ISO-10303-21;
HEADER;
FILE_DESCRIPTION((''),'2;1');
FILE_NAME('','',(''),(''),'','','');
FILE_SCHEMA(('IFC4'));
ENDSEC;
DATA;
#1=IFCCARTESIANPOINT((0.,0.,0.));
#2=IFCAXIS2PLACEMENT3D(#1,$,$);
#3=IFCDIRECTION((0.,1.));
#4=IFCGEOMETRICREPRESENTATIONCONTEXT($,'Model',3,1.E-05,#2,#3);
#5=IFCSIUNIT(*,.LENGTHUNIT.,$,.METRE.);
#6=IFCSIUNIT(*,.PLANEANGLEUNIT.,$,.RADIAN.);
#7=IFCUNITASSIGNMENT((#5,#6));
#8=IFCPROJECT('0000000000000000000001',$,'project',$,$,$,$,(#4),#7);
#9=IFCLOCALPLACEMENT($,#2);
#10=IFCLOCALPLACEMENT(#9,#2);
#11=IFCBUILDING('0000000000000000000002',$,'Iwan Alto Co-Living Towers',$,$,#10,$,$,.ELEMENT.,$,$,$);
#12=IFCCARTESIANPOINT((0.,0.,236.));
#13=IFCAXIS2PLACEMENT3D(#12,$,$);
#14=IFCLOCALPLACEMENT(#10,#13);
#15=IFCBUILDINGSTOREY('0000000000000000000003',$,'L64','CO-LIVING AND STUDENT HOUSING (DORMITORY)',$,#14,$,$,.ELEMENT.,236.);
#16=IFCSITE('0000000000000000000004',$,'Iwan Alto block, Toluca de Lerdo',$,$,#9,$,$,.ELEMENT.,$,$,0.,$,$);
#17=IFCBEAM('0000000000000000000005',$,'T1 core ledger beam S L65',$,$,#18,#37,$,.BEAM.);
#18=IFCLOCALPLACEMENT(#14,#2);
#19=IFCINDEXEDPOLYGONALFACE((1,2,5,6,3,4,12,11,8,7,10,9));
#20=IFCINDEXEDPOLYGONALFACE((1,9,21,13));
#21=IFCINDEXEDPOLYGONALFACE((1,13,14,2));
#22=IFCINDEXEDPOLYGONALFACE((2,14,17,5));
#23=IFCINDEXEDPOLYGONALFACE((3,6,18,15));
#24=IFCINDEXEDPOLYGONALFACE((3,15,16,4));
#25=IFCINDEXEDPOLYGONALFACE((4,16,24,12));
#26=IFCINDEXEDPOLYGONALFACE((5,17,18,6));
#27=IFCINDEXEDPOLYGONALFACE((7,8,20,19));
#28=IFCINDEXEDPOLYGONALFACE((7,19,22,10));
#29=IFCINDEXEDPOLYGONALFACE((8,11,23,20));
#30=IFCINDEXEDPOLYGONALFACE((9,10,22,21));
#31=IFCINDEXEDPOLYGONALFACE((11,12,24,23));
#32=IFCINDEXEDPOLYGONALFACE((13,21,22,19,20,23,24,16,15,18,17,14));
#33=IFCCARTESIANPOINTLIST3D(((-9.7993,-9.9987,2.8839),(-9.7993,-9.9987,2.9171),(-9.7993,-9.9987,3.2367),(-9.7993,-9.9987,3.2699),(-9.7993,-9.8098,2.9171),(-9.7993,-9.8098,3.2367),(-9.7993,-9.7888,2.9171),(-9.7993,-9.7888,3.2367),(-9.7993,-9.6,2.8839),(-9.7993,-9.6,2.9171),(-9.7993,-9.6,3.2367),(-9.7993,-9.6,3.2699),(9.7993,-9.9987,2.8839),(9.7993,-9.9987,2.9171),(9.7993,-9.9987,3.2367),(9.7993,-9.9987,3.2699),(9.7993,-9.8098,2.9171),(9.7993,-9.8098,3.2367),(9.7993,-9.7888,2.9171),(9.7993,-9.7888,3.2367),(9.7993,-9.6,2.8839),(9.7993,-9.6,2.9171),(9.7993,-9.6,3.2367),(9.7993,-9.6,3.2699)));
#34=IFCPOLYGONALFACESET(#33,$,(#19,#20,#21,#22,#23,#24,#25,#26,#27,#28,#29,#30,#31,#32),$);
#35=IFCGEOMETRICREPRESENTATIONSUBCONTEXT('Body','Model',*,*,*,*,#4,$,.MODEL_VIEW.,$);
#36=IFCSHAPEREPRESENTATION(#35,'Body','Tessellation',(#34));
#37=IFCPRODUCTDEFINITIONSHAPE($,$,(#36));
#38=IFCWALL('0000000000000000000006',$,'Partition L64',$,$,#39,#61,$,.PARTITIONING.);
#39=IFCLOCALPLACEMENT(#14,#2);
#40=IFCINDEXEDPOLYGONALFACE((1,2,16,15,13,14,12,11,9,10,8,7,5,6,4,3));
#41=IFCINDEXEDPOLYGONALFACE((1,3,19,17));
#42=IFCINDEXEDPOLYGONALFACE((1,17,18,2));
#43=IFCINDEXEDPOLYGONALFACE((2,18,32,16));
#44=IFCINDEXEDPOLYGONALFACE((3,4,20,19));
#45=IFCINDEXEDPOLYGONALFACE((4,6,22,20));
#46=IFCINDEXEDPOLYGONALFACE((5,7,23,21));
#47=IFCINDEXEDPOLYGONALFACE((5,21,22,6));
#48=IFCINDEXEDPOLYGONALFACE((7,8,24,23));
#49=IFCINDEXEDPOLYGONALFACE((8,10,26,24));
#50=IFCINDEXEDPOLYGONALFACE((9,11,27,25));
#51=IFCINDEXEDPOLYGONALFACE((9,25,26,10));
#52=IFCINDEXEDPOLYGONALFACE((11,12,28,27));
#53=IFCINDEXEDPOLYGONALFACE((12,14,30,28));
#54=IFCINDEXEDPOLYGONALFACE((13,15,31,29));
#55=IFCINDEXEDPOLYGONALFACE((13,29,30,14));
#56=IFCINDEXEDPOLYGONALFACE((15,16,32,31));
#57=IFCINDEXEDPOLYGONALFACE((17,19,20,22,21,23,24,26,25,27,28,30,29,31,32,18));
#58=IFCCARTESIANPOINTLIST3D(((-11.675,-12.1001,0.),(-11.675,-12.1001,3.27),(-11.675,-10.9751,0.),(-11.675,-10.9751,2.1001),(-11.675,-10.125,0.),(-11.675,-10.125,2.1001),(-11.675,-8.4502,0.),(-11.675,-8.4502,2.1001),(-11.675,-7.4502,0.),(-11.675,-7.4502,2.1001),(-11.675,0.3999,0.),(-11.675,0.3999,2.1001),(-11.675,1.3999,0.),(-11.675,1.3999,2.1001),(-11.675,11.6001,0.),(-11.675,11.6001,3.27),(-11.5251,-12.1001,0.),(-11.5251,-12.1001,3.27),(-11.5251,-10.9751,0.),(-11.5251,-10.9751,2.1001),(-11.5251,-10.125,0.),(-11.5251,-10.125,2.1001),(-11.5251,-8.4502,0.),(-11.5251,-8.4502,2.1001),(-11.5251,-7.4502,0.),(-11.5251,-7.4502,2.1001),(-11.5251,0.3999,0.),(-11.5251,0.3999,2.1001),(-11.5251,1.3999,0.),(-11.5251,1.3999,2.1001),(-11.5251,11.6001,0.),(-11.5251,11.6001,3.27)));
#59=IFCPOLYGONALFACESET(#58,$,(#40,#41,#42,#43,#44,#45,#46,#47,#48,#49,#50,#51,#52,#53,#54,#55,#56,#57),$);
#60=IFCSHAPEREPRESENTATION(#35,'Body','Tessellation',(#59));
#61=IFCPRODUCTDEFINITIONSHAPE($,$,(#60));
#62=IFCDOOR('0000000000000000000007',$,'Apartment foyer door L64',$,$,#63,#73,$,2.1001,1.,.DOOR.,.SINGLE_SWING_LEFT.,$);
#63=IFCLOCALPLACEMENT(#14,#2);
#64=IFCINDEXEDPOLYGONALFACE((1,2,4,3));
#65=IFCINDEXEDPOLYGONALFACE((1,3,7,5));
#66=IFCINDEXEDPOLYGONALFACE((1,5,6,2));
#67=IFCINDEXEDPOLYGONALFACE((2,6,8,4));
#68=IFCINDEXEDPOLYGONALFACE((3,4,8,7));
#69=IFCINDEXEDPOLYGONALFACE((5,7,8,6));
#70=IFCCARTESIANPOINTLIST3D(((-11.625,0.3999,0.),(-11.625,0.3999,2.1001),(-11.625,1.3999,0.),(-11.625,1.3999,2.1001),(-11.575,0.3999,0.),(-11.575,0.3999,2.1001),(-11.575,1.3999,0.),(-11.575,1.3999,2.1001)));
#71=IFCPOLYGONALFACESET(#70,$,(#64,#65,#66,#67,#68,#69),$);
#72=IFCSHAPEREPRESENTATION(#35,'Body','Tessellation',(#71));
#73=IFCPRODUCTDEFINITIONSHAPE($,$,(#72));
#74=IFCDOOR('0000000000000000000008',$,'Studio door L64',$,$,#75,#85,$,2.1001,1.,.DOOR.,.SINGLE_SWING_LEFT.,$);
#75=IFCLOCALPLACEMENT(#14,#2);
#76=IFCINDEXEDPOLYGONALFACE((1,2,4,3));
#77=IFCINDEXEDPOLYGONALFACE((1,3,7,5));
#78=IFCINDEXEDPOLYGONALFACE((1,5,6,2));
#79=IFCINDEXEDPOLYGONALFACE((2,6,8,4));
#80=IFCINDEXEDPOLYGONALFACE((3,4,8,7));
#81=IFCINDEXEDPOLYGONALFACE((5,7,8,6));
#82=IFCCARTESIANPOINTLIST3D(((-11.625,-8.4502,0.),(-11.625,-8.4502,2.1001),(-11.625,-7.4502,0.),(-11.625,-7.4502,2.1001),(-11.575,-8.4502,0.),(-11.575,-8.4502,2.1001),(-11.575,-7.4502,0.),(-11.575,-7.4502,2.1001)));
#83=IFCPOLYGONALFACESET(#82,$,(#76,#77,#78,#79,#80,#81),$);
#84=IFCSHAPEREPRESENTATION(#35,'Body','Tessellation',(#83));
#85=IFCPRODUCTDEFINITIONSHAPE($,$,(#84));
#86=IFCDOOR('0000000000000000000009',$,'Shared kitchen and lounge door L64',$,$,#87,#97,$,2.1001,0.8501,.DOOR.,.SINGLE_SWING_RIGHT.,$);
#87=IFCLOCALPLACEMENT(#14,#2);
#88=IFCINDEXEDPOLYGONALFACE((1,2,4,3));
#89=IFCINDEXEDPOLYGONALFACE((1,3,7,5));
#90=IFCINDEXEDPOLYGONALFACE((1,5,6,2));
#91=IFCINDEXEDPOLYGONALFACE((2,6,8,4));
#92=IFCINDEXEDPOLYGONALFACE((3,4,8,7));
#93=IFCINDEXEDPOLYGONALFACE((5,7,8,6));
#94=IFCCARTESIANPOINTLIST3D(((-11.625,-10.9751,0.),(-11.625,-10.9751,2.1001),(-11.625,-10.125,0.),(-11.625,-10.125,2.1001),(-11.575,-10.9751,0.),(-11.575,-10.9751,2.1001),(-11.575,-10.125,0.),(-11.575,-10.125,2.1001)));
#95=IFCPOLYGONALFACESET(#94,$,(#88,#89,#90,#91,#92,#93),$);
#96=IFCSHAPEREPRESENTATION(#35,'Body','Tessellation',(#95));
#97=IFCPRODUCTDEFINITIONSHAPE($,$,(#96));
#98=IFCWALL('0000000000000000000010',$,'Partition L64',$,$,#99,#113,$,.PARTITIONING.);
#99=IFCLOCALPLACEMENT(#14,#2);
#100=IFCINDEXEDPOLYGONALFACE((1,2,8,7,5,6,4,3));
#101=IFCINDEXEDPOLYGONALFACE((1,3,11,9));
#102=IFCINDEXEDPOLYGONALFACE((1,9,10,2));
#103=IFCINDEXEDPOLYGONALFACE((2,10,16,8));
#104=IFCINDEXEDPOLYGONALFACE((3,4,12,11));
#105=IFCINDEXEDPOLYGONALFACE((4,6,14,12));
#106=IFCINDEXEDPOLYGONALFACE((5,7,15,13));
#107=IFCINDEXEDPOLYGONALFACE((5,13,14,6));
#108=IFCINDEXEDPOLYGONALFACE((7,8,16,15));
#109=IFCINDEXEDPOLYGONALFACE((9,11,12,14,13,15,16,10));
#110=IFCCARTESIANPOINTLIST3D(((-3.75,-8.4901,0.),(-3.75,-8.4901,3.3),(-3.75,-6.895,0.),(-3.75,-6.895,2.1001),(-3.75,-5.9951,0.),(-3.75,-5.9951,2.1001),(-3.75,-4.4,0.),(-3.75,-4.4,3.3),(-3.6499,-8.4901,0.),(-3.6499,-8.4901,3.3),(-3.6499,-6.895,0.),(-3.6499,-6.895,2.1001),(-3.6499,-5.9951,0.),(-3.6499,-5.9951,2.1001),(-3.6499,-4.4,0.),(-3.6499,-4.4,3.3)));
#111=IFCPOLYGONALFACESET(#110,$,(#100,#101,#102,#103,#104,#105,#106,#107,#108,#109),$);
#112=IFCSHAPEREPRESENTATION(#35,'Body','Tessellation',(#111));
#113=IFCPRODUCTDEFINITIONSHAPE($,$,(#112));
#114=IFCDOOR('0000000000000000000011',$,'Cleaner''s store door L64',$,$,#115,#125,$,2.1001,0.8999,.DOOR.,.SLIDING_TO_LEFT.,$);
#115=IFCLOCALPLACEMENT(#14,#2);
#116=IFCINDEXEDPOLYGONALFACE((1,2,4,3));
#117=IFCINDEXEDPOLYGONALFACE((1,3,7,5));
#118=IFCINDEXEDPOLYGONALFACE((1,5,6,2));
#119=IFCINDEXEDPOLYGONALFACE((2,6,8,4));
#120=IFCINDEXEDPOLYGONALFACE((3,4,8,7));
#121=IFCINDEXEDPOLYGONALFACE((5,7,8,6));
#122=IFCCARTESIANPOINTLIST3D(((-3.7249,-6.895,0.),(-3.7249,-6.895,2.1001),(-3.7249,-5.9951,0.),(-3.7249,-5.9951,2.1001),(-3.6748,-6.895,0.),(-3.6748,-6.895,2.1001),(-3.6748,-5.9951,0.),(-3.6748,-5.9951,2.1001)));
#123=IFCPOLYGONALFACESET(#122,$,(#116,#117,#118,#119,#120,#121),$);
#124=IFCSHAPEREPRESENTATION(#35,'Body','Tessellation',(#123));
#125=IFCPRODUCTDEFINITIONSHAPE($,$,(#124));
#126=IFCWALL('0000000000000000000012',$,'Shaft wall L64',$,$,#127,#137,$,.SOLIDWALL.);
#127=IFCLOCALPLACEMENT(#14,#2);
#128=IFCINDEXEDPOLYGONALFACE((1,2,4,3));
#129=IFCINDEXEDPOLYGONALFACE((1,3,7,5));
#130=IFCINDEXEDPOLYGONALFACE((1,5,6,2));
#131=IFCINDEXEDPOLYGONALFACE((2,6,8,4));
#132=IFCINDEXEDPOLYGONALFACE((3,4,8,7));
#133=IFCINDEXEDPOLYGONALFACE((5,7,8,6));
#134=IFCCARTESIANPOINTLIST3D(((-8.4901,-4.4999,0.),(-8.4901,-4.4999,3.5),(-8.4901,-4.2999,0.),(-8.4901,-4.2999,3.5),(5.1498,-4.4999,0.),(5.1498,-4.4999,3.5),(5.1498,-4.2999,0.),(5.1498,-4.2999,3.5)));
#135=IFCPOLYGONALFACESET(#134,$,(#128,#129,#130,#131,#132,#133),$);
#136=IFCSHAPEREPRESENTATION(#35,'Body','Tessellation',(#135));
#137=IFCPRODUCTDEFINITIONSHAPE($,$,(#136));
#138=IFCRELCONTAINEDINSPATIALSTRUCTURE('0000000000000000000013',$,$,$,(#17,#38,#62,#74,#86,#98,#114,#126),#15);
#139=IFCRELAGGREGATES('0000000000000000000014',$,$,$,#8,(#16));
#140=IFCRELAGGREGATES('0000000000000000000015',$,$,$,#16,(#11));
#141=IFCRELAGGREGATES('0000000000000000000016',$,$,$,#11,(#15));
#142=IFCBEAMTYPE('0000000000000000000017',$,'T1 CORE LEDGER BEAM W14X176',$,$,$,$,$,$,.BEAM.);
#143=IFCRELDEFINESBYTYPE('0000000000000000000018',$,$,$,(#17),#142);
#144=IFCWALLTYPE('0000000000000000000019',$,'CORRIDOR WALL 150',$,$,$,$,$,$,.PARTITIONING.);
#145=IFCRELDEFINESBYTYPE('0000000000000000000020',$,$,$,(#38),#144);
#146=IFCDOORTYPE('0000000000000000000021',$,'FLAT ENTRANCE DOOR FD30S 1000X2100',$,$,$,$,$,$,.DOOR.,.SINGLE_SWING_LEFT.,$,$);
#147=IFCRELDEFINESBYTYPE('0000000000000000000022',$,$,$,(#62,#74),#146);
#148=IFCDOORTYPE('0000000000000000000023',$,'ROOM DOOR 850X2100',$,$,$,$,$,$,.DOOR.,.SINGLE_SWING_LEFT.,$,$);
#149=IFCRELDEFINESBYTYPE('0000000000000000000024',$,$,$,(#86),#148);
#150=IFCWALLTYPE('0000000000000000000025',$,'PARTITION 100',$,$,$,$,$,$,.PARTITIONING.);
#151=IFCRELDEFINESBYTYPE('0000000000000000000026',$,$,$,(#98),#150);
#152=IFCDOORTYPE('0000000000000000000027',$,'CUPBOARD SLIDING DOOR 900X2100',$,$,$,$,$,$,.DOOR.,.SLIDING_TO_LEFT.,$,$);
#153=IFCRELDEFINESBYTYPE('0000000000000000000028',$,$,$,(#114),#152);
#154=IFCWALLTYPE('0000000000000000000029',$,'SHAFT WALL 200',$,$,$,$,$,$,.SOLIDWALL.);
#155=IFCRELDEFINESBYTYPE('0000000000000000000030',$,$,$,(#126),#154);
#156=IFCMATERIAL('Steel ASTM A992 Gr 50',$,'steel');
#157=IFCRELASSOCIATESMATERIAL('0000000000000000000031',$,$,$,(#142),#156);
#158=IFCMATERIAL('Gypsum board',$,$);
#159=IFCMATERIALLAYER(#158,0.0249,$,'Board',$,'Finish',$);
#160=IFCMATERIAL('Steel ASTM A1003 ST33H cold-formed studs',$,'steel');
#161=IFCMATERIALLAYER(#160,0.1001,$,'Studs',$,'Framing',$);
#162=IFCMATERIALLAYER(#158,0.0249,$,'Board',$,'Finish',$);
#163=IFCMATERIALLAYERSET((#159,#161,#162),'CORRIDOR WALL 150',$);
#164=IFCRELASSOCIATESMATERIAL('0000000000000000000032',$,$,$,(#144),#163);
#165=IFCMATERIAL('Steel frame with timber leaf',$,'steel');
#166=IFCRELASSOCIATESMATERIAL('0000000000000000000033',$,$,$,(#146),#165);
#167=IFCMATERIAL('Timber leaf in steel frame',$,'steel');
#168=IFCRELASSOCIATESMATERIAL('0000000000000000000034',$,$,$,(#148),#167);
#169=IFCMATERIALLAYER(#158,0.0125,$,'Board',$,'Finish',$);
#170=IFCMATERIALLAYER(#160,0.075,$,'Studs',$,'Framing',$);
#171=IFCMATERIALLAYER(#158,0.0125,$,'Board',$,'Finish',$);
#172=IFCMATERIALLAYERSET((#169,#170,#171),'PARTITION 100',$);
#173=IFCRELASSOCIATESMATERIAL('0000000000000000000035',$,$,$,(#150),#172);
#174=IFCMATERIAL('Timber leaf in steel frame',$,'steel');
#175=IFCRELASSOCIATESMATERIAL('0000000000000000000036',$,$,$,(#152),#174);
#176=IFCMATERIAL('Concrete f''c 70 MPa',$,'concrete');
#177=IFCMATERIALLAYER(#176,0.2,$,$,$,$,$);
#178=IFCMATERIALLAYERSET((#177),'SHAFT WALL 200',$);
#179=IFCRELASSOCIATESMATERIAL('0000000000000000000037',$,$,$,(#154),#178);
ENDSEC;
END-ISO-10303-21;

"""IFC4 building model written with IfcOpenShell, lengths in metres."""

from ifc_helpers import new_model, si_unit, direction, frame, frame_2d, origin, origin_2d, place, context, subcontext, project, spatial, rectangle, i_section, extrude, material, layer, layer_set, material_profile, profile_set, type_object, element, fill, save


model = new_model("IFC4")

# Units and contexts
model_context = context("Model", 3, precision=1e-05, world=origin(), true_north=direction((0.0, 1.0)))
body_context = subcontext(model_context, "Body", "Model", "MODEL_VIEW")
ifc_project = project(units=[si_unit("LENGTHUNIT", "METRE"), si_unit("PLANEANGLEUNIT", "RADIAN")], contexts=[model_context])

# Site, building, storey
site_placement = place(None, origin())
site = spatial("IfcSite", under=ifc_project, at=site_placement, Name="Iwan Alto block, Toluca de Lerdo", CompositionType="ELEMENT", RefElevation=0.0)
building_placement = place(site_placement, origin())
building = spatial("IfcBuilding", under=site, at=building_placement, Name="Iwan Alto Co-Living Towers", CompositionType="ELEMENT")
storey_placement = place(building_placement, frame((0.0, 0.0, 236.0)))
storey = spatial("IfcBuildingStorey", under=building, at=storey_placement, Name="L64", Description="CO-LIVING AND STUDENT HOUSING (DORMITORY)", CompositionType="ELEMENT", Elevation=236.0)

# Beam
ifc_material_1 = material(Name="Steel ASTM A992 Gr 50", Category="steel")
ifc_material_profile = material_profile(ifc_material_1, i_section(OverallWidth=0.3987, OverallDepth=0.386, WebThickness=0.021, FlangeThickness=0.0332, at=origin_2d()), Name="W14X176")
ifc_profile_set = profile_set([ifc_material_profile], Name="Steel ASTM A992 Gr 50")
beam_type = type_object("IfcBeamType", Name="T1 CORE LEDGER BEAM W14X176", PredefinedType="BEAM", material=ifc_profile_set)
beam_placement = place(storey_placement, frame((-9.7993, -9.7993, 3.0769), z_axis=(1.0, 0.0, 0.0), x_axis=(0.0, 1.0, 0.0)))
element("IfcBeam", 1, at=beam_placement, inside=storey, type_object=beam_type, Name="T1 core ledger beam S L65", PredefinedType="BEAM", context=body_context, shape_type="SweptSolid", body=[
    extrude(i_section(OverallWidth=0.3987, OverallDepth=0.386, WebThickness=0.021, FlangeThickness=0.0332, at=origin_2d()), origin(), (0.0, 0.0, 1.0), 19.5986),
])

# Wall, openings, doors
ifc_material_2 = material(Name="Gypsum board")
ifc_layer_1 = layer(ifc_material_2, 0.0249, Name="Board", Category="Finish")
ifc_material_3 = material(Name="Steel ASTM A1003 ST33H cold-formed studs", Category="steel")
ifc_layer_2 = layer(ifc_material_3, 0.1001, Name="Studs", Category="Framing")
ifc_layer_3 = layer(ifc_material_2, 0.0249, Name="Board", Category="Finish")
ifc_layer_set_1 = layer_set([ifc_layer_1, ifc_layer_2, ifc_layer_3], Name="CORRIDOR WALL 150")
wall_type_1 = type_object("IfcWallType", Name="CORRIDOR WALL 150", PredefinedType="PARTITIONING", material=ifc_layer_set_1)
wall_1_placement = place(storey_placement, frame((-11.6001, -12.1001, 0.0), z_axis=(0.0, 0.0, 1.0), x_axis=(0.0, 1.0, 0.0)))
wall_1 = element("IfcWall", 2, at=wall_1_placement, inside=storey, type_object=wall_type_1, Name="Partition L64", PredefinedType="PARTITIONING", context=body_context, shape_type="SweptSolid", body=[
    extrude(rectangle(XDim=23.7002, YDim=0.1499, at=frame_2d((11.8501, 0.0))), origin(), (0.0, 0.0, 1.0), 3.27),
])
opening_1_placement = place(wall_1_placement, frame((12.5, 0.0, 0.0)))
opening_1 = element("IfcOpeningElement", 3, at=opening_1_placement, cuts=wall_1, PredefinedType="OPENING", context=body_context, shape_type="SweptSolid", body=[
    extrude(rectangle(XDim=1.0, YDim=2.1001, at=frame_2d((0.5, 1.05))), frame((0.0, 0.085, 0.0), z_axis=(0.0, -1.0, 0.0), x_axis=(1.0, 0.0, 0.0)), (0.0, 0.0, 1.0), 0.1699),
])
opening_2_placement = place(wall_1_placement, frame((3.6499, 0.0, 0.0)))
opening_2 = element("IfcOpeningElement", 4, at=opening_2_placement, cuts=wall_1, PredefinedType="OPENING", context=body_context, shape_type="SweptSolid", body=[
    extrude(rectangle(XDim=1.0, YDim=2.1001, at=frame_2d((0.5, 1.05))), frame((0.0, 0.085, 0.0), z_axis=(0.0, -1.0, 0.0), x_axis=(1.0, 0.0, 0.0)), (0.0, 0.0, 1.0), 0.1699),
])
opening_3_placement = place(wall_1_placement, frame((1.125, 0.0, 0.0)))
opening_3 = element("IfcOpeningElement", 5, at=opening_3_placement, cuts=wall_1, PredefinedType="OPENING", context=body_context, shape_type="SweptSolid", body=[
    extrude(rectangle(XDim=0.8501, YDim=2.1001, at=frame_2d((0.425, 1.05))), frame((0.0, 0.085, 0.0), z_axis=(0.0, -1.0, 0.0), x_axis=(1.0, 0.0, 0.0)), (0.0, 0.0, 1.0), 0.1699),
])
ifc_material_4 = material(Name="Steel frame with timber leaf", Category="steel")
door_type_1 = type_object("IfcDoorType", Name="FLAT ENTRANCE DOOR FD30S 1000X2100", OperationType="SINGLE_SWING_LEFT", PredefinedType="DOOR", material=ifc_material_4)
door_1_placement = place(opening_1_placement, origin())
door_1 = element("IfcDoor", 6, at=door_1_placement, inside=storey, type_object=door_type_1, Name="Apartment foyer door L64", OperationType="SINGLE_SWING_LEFT", OverallHeight=2.1001, OverallWidth=1.0, PredefinedType="DOOR", context=body_context, shape_type="SweptSolid", body=[
    extrude(rectangle(XDim=1.0, YDim=2.1001, at=frame_2d((0.5, 1.05))), frame((0.0, 0.0249, 0.0), z_axis=(0.0, -1.0, 0.0), x_axis=(1.0, 0.0, 0.0)), (0.0, 0.0, 1.0), 0.05),
])
fill(opening_1, door_1)
door_2_placement = place(opening_2_placement, origin())
door_2 = element("IfcDoor", 7, at=door_2_placement, inside=storey, type_object=door_type_1, Name="Studio door L64", OperationType="SINGLE_SWING_LEFT", OverallHeight=2.1001, OverallWidth=1.0, PredefinedType="DOOR", context=body_context, shape_type="SweptSolid", body=[
    extrude(rectangle(XDim=1.0, YDim=2.1001, at=frame_2d((0.5, 1.05))), frame((0.0, 0.0249, 0.0), z_axis=(0.0, -1.0, 0.0), x_axis=(1.0, 0.0, 0.0)), (0.0, 0.0, 1.0), 0.05),
])
fill(opening_2, door_2)
ifc_material_5 = material(Name="Timber leaf in steel frame", Category="steel")
door_type_2 = type_object("IfcDoorType", Name="ROOM DOOR 850X2100", OperationType="SINGLE_SWING_LEFT", PredefinedType="DOOR", material=ifc_material_5)
door_3_placement = place(opening_3_placement, origin())
door_3 = element("IfcDoor", 8, at=door_3_placement, inside=storey, type_object=door_type_2, Name="Shared kitchen and lounge door L64", OperationType="SINGLE_SWING_RIGHT", OverallHeight=2.1001, OverallWidth=0.8501, PredefinedType="DOOR", context=body_context, shape_type="SweptSolid", body=[
    extrude(rectangle(XDim=0.8501, YDim=2.1001, at=frame_2d((0.425, 1.05))), frame((0.0, 0.0249, 0.0), z_axis=(0.0, -1.0, 0.0), x_axis=(1.0, 0.0, 0.0)), (0.0, 0.0, 1.0), 0.05),
])
fill(opening_3, door_3)

# Wall, opening, door
ifc_layer_4 = layer(ifc_material_2, 0.0125, Name="Board", Category="Finish")
ifc_layer_5 = layer(ifc_material_3, 0.075, Name="Studs", Category="Framing")
ifc_layer_6 = layer(ifc_material_2, 0.0125, Name="Board", Category="Finish")
ifc_layer_set_2 = layer_set([ifc_layer_4, ifc_layer_5, ifc_layer_6], Name="PARTITION 100")
wall_type_2 = type_object("IfcWallType", Name="PARTITION 100", PredefinedType="PARTITIONING", material=ifc_layer_set_2)
wall_2_placement = place(storey_placement, frame((-3.7, -8.49, 0.0), z_axis=(0.0, 0.0, 1.0), x_axis=(0.0, 1.0, 0.0)))
wall_2 = element("IfcWall", 9, at=wall_2_placement, inside=storey, type_object=wall_type_2, Name="Partition L64", PredefinedType="PARTITIONING", context=body_context, shape_type="SweptSolid", body=[
    extrude(rectangle(XDim=4.0901, YDim=0.1001, at=frame_2d((2.0449, 0.0))), origin(), (0.0, 0.0, 1.0), 3.3),
])
opening_4_placement = place(wall_2_placement, frame((1.595, 0.0, 0.0)))
opening_4 = element("IfcOpeningElement", 10, at=opening_4_placement, cuts=wall_2, PredefinedType="OPENING", context=body_context, shape_type="SweptSolid", body=[
    extrude(rectangle(XDim=0.8999, YDim=2.1001, at=frame_2d((0.45, 1.05))), frame((0.0, 0.0601, 0.0), z_axis=(0.0, -1.0, 0.0), x_axis=(1.0, 0.0, 0.0)), (0.0, 0.0, 1.0), 0.1201),
])
ifc_material_6 = material(Name="Timber leaf in steel frame", Category="steel")
door_type_3 = type_object("IfcDoorType", Name="CUPBOARD SLIDING DOOR 900X2100", OperationType="SLIDING_TO_LEFT", PredefinedType="DOOR", material=ifc_material_6)
door_4_placement = place(opening_4_placement, origin())
door_4 = element("IfcDoor", 11, at=door_4_placement, inside=storey, type_object=door_type_3, Name="Cleaner's store door L64", OperationType="SLIDING_TO_LEFT", OverallHeight=2.1001, OverallWidth=0.8999, PredefinedType="DOOR", context=body_context, shape_type="SweptSolid", body=[
    extrude(rectangle(XDim=0.8999, YDim=2.1001, at=frame_2d((0.45, 1.05))), frame((0.0, 0.0249, 0.0), z_axis=(0.0, -1.0, 0.0), x_axis=(1.0, 0.0, 0.0)), (0.0, 0.0, 1.0), 0.05),
])
fill(opening_4, door_4)

# Wall
ifc_material_7 = material(Name="Concrete f'c 70 MPa", Category="concrete")
ifc_layer_7 = layer(ifc_material_7, 0.2)
ifc_layer_set_3 = layer_set([ifc_layer_7], Name="SHAFT WALL 200")
wall_type_3 = type_object("IfcWallType", Name="SHAFT WALL 200", PredefinedType="SOLIDWALL", material=ifc_layer_set_3)
wall_3_placement = place(storey_placement, frame((-8.49, -4.3999, 0.0), z_axis=(0.0, 0.0, 1.0), x_axis=(1.0, 0.0, 0.0)))
element("IfcWall", 12, at=wall_3_placement, inside=storey, type_object=wall_type_3, Name="Shaft wall L64", PredefinedType="SOLIDWALL", context=body_context, shape_type="SweptSolid", body=[
    extrude(rectangle(XDim=13.6399, YDim=0.2, at=frame_2d((6.8198, 0.0))), origin(), (0.0, 0.0, 1.0), 3.5),
])

save(model, "model.ifc")
